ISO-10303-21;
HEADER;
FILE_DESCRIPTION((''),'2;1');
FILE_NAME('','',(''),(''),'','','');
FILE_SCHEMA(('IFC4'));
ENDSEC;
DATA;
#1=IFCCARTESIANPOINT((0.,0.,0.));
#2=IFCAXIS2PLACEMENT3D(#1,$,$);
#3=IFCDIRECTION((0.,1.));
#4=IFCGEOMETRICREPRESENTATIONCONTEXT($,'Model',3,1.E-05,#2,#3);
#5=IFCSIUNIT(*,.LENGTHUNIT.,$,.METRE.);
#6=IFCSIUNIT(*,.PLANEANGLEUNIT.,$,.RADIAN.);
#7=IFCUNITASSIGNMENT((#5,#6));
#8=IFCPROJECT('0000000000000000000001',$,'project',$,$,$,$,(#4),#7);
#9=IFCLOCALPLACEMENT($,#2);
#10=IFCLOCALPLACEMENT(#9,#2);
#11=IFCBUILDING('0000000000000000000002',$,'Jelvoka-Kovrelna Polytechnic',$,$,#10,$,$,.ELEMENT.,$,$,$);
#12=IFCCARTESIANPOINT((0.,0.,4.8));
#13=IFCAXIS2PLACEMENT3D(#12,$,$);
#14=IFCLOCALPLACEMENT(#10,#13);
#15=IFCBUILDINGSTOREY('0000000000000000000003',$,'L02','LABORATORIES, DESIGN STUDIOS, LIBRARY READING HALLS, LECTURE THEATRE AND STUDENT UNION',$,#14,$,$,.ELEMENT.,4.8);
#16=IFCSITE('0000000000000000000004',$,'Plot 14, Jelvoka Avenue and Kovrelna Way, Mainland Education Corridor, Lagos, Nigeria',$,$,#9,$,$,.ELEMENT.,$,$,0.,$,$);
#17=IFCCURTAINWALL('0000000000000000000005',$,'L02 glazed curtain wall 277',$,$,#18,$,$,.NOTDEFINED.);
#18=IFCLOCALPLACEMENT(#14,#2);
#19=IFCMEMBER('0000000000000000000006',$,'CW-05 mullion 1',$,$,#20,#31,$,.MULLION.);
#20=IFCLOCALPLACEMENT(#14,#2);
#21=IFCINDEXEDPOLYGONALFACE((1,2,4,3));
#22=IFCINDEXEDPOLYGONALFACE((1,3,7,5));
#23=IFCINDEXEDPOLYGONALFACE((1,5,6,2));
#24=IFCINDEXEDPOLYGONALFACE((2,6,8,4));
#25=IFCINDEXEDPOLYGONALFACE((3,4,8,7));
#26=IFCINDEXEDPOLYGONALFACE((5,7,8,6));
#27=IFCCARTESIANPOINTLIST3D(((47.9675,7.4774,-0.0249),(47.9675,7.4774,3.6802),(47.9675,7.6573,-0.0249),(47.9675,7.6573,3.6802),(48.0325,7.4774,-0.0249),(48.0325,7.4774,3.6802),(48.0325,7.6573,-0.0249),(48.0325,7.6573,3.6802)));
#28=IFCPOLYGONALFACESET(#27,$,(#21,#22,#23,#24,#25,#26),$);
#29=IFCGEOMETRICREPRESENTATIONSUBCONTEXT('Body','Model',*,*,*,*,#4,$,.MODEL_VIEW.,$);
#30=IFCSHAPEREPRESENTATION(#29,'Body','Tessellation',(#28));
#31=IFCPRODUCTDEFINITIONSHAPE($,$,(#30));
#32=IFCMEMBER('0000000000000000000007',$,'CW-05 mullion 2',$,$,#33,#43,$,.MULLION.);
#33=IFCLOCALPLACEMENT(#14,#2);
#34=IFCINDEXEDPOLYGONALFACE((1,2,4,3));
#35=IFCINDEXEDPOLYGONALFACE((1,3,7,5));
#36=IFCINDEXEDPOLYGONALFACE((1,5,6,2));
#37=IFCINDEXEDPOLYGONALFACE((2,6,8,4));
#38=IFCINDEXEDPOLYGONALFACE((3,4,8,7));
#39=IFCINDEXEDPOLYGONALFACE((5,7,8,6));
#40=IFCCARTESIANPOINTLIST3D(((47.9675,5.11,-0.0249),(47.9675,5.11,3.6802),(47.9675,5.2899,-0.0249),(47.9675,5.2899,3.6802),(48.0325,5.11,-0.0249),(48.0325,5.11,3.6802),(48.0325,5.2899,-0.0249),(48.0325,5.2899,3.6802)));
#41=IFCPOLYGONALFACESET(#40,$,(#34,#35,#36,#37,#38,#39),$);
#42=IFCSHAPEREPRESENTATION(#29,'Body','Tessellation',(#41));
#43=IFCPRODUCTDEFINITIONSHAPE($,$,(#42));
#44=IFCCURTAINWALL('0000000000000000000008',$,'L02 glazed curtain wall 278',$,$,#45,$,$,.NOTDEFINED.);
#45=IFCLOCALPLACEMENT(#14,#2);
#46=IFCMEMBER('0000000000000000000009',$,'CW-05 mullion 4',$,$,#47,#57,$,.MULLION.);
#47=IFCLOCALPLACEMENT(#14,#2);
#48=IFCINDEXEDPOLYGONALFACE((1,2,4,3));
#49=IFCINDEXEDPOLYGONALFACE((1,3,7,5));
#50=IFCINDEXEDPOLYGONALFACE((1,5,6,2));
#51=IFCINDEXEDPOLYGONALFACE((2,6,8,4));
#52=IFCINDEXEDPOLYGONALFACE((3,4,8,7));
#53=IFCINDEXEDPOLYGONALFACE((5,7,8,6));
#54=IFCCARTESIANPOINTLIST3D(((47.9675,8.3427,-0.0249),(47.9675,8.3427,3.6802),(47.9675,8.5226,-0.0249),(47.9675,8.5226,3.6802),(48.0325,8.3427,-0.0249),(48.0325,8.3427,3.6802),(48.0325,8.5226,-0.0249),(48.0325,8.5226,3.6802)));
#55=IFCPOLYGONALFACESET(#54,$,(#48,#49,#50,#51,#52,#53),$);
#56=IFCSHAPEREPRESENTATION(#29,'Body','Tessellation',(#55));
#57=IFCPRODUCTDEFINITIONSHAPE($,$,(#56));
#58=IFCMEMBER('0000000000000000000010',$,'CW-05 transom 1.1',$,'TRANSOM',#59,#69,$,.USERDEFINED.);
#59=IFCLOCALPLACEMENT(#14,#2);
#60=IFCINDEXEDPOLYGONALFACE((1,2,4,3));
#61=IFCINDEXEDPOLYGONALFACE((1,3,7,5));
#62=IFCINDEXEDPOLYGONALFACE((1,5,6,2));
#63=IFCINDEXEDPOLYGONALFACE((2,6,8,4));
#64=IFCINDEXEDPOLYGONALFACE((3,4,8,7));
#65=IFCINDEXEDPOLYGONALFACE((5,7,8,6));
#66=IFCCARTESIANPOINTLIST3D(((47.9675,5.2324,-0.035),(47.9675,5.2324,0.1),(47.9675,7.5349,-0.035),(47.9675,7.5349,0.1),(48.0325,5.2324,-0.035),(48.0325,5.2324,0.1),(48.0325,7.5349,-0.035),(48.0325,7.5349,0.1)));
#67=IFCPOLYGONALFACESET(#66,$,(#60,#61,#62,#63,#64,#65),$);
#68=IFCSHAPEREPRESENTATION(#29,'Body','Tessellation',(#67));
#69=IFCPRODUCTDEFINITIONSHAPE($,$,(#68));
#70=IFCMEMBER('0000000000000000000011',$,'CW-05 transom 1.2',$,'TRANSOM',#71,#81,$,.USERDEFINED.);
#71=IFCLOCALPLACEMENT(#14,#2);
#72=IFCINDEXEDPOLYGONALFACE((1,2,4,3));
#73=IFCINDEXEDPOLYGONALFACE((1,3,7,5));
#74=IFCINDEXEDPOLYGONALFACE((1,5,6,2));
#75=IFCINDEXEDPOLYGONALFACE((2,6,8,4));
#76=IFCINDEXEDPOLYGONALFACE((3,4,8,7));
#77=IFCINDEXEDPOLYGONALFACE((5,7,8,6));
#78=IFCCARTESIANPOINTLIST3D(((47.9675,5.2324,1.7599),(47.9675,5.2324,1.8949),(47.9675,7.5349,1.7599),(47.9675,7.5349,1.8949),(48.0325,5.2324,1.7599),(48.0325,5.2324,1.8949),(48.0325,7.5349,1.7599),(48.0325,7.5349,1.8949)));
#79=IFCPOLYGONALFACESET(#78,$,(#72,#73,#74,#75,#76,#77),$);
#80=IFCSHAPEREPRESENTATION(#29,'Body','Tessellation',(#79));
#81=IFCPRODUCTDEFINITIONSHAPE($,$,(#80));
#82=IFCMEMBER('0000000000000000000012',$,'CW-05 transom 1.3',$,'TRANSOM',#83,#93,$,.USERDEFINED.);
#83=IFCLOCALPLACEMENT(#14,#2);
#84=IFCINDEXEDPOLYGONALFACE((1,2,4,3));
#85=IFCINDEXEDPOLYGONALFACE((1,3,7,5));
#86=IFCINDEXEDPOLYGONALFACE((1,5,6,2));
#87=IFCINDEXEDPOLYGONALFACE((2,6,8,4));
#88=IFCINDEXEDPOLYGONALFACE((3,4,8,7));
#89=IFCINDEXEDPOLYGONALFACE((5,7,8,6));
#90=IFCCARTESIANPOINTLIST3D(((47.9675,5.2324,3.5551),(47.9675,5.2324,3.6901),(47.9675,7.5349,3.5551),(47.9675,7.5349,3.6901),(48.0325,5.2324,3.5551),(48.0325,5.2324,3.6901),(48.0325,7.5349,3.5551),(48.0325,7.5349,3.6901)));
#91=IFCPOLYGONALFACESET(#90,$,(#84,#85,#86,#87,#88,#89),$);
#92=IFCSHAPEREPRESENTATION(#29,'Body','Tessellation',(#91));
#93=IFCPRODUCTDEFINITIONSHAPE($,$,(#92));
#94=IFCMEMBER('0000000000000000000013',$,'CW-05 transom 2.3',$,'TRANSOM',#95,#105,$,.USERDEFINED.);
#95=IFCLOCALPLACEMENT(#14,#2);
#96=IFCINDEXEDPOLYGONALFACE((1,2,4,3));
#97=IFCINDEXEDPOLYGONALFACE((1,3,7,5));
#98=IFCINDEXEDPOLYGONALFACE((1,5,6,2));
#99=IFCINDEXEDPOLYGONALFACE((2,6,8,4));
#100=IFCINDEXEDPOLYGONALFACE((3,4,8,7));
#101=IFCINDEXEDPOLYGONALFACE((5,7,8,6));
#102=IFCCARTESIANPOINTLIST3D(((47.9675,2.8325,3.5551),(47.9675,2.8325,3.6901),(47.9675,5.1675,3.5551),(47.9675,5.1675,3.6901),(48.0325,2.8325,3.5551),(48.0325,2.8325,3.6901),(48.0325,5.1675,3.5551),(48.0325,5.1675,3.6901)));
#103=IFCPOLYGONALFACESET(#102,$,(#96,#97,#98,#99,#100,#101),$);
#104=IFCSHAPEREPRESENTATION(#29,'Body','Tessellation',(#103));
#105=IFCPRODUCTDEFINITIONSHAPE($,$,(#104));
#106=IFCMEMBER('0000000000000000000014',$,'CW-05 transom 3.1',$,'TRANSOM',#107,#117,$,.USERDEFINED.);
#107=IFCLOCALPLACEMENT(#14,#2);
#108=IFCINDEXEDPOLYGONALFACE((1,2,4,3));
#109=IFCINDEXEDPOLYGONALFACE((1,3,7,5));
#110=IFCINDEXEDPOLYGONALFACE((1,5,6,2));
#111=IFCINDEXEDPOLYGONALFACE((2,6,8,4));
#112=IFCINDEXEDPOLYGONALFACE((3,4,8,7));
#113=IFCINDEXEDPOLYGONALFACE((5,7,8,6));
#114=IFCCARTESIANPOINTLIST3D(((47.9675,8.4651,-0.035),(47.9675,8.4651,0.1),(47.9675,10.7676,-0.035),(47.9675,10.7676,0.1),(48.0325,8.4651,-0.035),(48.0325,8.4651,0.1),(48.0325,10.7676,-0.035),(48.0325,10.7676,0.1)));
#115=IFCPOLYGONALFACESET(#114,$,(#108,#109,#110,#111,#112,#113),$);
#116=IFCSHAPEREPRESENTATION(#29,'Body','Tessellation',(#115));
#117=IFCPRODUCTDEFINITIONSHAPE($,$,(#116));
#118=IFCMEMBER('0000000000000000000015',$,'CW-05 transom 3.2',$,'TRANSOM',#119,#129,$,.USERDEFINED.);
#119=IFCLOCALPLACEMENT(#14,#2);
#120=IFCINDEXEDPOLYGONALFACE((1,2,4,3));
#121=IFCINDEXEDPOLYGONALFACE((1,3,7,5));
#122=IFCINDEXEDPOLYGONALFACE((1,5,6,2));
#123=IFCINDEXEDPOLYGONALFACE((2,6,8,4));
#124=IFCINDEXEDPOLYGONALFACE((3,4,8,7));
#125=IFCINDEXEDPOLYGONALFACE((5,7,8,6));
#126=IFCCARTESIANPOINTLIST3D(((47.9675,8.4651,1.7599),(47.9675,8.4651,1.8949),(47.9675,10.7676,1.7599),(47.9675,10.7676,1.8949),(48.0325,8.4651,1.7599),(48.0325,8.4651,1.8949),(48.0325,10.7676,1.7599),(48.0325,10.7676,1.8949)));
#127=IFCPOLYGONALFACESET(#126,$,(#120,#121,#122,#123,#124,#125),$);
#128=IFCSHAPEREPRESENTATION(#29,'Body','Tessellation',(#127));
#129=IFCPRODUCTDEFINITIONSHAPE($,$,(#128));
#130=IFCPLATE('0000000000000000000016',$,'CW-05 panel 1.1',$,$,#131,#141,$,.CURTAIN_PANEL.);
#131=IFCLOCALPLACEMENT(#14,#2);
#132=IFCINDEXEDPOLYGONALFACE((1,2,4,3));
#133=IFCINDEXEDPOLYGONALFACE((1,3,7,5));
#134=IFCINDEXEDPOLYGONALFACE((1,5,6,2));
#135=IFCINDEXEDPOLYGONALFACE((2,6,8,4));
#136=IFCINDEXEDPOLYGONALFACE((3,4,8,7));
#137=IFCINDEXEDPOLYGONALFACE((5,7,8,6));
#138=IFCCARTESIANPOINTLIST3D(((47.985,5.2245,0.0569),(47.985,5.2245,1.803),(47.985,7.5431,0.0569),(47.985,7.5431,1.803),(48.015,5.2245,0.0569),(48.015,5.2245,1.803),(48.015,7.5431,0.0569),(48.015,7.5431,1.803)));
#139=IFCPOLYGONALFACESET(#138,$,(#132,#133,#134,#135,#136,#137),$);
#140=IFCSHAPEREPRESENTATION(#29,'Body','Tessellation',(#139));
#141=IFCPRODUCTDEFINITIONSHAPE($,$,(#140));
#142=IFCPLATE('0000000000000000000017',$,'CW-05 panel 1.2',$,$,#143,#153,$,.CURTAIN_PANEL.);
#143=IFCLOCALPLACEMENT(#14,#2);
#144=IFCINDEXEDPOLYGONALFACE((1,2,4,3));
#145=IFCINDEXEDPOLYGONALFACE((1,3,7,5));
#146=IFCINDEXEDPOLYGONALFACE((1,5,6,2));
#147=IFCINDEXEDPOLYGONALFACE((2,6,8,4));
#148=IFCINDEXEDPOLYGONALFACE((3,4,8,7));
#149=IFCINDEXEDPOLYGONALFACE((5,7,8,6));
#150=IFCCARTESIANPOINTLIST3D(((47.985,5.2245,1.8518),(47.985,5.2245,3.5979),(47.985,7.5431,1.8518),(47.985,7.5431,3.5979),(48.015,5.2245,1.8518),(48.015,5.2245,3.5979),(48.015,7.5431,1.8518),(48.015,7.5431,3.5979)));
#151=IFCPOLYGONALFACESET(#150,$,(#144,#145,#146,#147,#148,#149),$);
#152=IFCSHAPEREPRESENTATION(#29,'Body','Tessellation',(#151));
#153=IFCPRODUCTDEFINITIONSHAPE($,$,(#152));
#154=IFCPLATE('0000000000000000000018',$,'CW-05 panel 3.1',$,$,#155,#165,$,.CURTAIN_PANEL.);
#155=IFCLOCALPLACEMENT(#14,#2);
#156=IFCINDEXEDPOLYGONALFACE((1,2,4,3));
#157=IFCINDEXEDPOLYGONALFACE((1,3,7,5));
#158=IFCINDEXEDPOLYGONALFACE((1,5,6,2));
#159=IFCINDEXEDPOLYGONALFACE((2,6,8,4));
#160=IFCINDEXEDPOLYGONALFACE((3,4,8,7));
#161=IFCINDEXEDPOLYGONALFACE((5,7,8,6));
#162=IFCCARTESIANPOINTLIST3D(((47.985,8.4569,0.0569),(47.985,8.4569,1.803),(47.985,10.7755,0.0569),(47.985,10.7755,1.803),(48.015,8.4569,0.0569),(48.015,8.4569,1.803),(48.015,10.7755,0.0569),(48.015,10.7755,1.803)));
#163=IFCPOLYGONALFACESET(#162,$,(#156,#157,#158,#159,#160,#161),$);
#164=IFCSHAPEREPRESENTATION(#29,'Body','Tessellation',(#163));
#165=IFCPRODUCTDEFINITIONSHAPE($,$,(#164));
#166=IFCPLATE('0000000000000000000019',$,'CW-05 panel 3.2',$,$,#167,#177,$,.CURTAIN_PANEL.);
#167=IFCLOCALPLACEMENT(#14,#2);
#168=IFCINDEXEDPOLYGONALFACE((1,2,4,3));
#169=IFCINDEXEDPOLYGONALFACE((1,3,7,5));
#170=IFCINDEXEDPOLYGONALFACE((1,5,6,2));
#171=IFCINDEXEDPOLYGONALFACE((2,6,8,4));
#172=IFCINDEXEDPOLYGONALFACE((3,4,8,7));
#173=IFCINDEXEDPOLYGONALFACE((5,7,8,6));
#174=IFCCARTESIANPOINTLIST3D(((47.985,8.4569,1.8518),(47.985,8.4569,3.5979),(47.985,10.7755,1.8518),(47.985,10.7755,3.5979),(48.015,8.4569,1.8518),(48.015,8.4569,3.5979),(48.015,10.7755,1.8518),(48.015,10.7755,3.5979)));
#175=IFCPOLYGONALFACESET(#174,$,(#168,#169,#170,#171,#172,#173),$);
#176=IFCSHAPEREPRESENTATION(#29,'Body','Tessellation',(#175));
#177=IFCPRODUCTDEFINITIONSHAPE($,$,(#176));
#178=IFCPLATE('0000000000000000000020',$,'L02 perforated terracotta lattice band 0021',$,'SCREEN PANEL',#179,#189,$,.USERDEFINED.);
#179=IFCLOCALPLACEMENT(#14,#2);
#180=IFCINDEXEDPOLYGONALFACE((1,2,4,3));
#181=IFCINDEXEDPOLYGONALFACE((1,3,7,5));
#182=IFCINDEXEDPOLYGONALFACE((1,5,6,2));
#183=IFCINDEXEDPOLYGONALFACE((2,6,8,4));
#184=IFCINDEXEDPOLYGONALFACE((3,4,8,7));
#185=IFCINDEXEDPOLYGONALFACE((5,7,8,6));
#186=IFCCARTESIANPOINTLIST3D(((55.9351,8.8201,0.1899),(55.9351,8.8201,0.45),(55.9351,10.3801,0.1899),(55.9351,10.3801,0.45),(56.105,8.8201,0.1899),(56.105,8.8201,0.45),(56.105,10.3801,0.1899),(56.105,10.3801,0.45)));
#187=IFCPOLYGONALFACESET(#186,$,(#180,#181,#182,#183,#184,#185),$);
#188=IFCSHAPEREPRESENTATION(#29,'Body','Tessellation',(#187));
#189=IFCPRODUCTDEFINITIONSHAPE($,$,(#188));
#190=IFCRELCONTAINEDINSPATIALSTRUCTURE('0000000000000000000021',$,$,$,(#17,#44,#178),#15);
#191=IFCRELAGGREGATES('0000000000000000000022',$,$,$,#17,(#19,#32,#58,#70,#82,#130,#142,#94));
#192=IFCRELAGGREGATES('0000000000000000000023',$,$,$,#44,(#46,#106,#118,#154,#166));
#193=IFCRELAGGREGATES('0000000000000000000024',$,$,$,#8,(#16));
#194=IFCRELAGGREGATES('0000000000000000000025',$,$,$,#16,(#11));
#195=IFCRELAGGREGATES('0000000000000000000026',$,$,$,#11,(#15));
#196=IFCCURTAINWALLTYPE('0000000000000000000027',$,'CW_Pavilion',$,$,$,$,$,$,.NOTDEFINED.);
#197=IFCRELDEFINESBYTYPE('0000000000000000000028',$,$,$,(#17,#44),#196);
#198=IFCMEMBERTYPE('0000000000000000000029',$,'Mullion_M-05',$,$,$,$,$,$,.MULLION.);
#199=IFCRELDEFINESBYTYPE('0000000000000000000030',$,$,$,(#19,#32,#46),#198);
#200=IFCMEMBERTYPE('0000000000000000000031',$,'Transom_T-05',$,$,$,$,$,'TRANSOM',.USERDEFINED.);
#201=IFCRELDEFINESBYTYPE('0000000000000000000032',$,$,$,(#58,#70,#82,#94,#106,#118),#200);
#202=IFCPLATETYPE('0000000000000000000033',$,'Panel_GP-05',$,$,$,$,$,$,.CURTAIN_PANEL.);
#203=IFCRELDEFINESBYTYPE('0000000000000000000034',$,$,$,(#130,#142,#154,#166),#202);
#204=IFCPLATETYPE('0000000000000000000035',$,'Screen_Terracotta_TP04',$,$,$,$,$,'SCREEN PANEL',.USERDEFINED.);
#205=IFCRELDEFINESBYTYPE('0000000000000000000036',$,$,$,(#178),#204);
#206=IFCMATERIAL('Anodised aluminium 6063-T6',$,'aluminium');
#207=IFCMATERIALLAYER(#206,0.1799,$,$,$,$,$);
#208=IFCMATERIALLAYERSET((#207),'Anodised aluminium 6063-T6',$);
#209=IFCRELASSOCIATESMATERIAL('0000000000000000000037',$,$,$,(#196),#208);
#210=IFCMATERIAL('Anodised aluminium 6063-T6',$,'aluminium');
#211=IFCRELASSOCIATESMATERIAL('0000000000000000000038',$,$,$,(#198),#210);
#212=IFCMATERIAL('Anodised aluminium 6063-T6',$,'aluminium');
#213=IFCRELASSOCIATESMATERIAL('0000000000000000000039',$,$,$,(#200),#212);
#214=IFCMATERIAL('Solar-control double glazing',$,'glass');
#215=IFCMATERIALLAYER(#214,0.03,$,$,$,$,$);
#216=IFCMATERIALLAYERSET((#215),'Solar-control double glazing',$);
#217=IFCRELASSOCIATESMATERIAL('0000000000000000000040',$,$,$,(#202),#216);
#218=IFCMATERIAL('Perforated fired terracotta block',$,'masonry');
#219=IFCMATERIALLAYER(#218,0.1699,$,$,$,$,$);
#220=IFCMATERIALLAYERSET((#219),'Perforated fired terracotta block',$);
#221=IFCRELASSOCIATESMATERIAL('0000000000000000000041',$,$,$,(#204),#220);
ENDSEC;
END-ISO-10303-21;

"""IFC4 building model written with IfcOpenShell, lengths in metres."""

from ifc_helpers import new_model, si_unit, direction, frame, origin, origin_2d, place, context, subcontext, project, spatial, rectangle, extrude, material, layer, layer_set, material_profile, profile_set, type_object, element, aggregate, save


model = new_model("IFC4")

# Units and contexts
model_context = context("Model", 3, precision=1e-05, world=origin(), true_north=direction((0.0, 1.0)))
body_context = subcontext(model_context, "Body", "Model", "MODEL_VIEW")
ifc_project = project(units=[si_unit("LENGTHUNIT", "METRE"), si_unit("PLANEANGLEUNIT", "RADIAN")], contexts=[model_context])

# Site, building, storey
site_placement = place(None, origin())
site = spatial("IfcSite", under=ifc_project, at=site_placement, Name="Plot 14, Jelvoka Avenue and Kovrelna Way, Mainland Education Corridor, Lagos, Nigeria", CompositionType="ELEMENT", RefElevation=0.0)
building_placement = place(site_placement, origin())
building = spatial("IfcBuilding", under=site, at=building_placement, Name="Jelvoka-Kovrelna Polytechnic", CompositionType="ELEMENT")
storey_placement = place(building_placement, frame((0.0, 0.0, 4.8)))
storey = spatial("IfcBuildingStorey", under=building, at=storey_placement, Name="L02", Description="LABORATORIES, DESIGN STUDIOS, LIBRARY READING HALLS, LECTURE THEATRE AND STUDENT UNION", CompositionType="ELEMENT", Elevation=4.8)

# Curtain wall, members
ifc_material_1 = material(Name="Anodised aluminium 6063-T6", Category="aluminium")
ifc_layer_1 = layer(ifc_material_1, 0.1799)
ifc_layer_set_1 = layer_set([ifc_layer_1], Name="Anodised aluminium 6063-T6")
curtain_wall_type = type_object("IfcCurtainWallType", Name="CW_Pavilion", PredefinedType="NOTDEFINED", material=ifc_layer_set_1)
curtain_wall_1_placement = place(storey_placement, origin())
curtain_wall_1 = element("IfcCurtainWall", 1, at=curtain_wall_1_placement, inside=storey, type_object=curtain_wall_type, Name="L02 glazed curtain wall 277", PredefinedType="NOTDEFINED")
ifc_material_2 = material(Name="Anodised aluminium 6063-T6", Category="aluminium")
ifc_material_profile_1 = material_profile(ifc_material_2, rectangle(XDim=0.0649, YDim=0.1799, at=origin_2d()), Name="ALU 65x180")
ifc_profile_set_1 = profile_set([ifc_material_profile_1], Name="Anodised aluminium 6063-T6")
member_type_1 = type_object("IfcMemberType", Name="Mullion_M-05", PredefinedType="MULLION", material=ifc_profile_set_1)
member_1_placement = place(storey_placement, frame((48.0, 7.5674, -0.0249), z_axis=(0.0, 0.0, 1.0), x_axis=(1.0, 0.0, 0.0)))
member_1 = element("IfcMember", 2, at=member_1_placement, type_object=member_type_1, Name="CW-05 mullion 1", PredefinedType="MULLION", context=body_context, shape_type="SweptSolid", body=[
    extrude(rectangle(XDim=0.0649, YDim=0.1799, at=origin_2d()), origin(), (0.0, 0.0, 1.0), 3.7051),
])
member_2_placement = place(storey_placement, frame((48.0, 5.2, -0.0249), z_axis=(0.0, 0.0, 1.0), x_axis=(1.0, 0.0, 0.0)))
member_2 = element("IfcMember", 3, at=member_2_placement, type_object=member_type_1, Name="CW-05 mullion 2", PredefinedType="MULLION", context=body_context, shape_type="SweptSolid", body=[
    extrude(rectangle(XDim=0.0649, YDim=0.1799, at=origin_2d()), origin(), (0.0, 0.0, 1.0), 3.7051),
])

# Curtain wall, member
curtain_wall_2_placement = place(storey_placement, origin())
curtain_wall_2 = element("IfcCurtainWall", 4, at=curtain_wall_2_placement, inside=storey, type_object=curtain_wall_type, Name="L02 glazed curtain wall 278", PredefinedType="NOTDEFINED")
member_3_placement = place(storey_placement, frame((48.0, 8.4326, -0.0249), z_axis=(0.0, 0.0, 1.0), x_axis=(1.0, 0.0, 0.0)))
member_3 = element("IfcMember", 5, at=member_3_placement, type_object=member_type_1, Name="CW-05 mullion 4", PredefinedType="MULLION", context=body_context, shape_type="SweptSolid", body=[
    extrude(rectangle(XDim=0.0649, YDim=0.1799, at=origin_2d()), origin(), (0.0, 0.0, 1.0), 3.7051),
])

# Members
ifc_material_3 = material(Name="Anodised aluminium 6063-T6", Category="aluminium")
ifc_material_profile_2 = material_profile(ifc_material_3, rectangle(XDim=0.0649, YDim=0.135, at=origin_2d()), Name="ALU 65x135")
ifc_profile_set_2 = profile_set([ifc_material_profile_2], Name="Anodised aluminium 6063-T6")
member_type_2 = type_object("IfcMemberType", Name="Transom_T-05", ElementType="TRANSOM", PredefinedType="USERDEFINED", material=ifc_profile_set_2)
member_4_placement = place(storey_placement, frame((48.0, 7.5349, 0.0325), z_axis=(0.0, -1.0, 0.0), x_axis=(1.0, 0.0, 0.0)))
member_4 = element("IfcMember", 6, at=member_4_placement, type_object=member_type_2, Name="CW-05 transom 1.1", ObjectType="TRANSOM", PredefinedType="USERDEFINED", context=body_context, shape_type="SweptSolid", body=[
    extrude(rectangle(XDim=0.0649, YDim=0.135, at=origin_2d()), origin(), (0.0, 0.0, 1.0), 2.3025),
])
member_5_placement = place(storey_placement, frame((48.0, 7.5349, 1.8274), z_axis=(0.0, -1.0, 0.0), x_axis=(1.0, 0.0, 0.0)))
member_5 = element("IfcMember", 7, at=member_5_placement, type_object=member_type_2, Name="CW-05 transom 1.2", ObjectType="TRANSOM", PredefinedType="USERDEFINED", context=body_context, shape_type="SweptSolid", body=[
    extrude(rectangle(XDim=0.0649, YDim=0.135, at=origin_2d()), origin(), (0.0, 0.0, 1.0), 2.3025),
])
member_6_placement = place(storey_placement, frame((48.0, 7.5349, 3.6226), z_axis=(0.0, -1.0, 0.0), x_axis=(1.0, 0.0, 0.0)))
member_6 = element("IfcMember", 8, at=member_6_placement, type_object=member_type_2, Name="CW-05 transom 1.3", ObjectType="TRANSOM", PredefinedType="USERDEFINED", context=body_context, shape_type="SweptSolid", body=[
    extrude(rectangle(XDim=0.0649, YDim=0.135, at=origin_2d()), origin(), (0.0, 0.0, 1.0), 2.3025),
])
member_7_placement = place(storey_placement, frame((48.0, 5.1675, 3.6226), z_axis=(0.0, -1.0, 0.0), x_axis=(1.0, 0.0, 0.0)))
member_7 = element("IfcMember", 9, at=member_7_placement, type_object=member_type_2, Name="CW-05 transom 2.3", ObjectType="TRANSOM", PredefinedType="USERDEFINED", context=body_context, shape_type="SweptSolid", body=[
    extrude(rectangle(XDim=0.0649, YDim=0.135, at=origin_2d()), origin(), (0.0, 0.0, 1.0), 2.335),
])
member_8_placement = place(storey_placement, frame((48.0, 10.7676, 0.0325), z_axis=(0.0, -1.0, 0.0), x_axis=(1.0, 0.0, 0.0)))
member_8 = element("IfcMember", 10, at=member_8_placement, type_object=member_type_2, Name="CW-05 transom 3.1", ObjectType="TRANSOM", PredefinedType="USERDEFINED", context=body_context, shape_type="SweptSolid", body=[
    extrude(rectangle(XDim=0.0649, YDim=0.135, at=origin_2d()), origin(), (0.0, 0.0, 1.0), 2.3025),
])
member_9_placement = place(storey_placement, frame((48.0, 10.7676, 1.8274), z_axis=(0.0, -1.0, 0.0), x_axis=(1.0, 0.0, 0.0)))
member_9 = element("IfcMember", 11, at=member_9_placement, type_object=member_type_2, Name="CW-05 transom 3.2", ObjectType="TRANSOM", PredefinedType="USERDEFINED", context=body_context, shape_type="SweptSolid", body=[
    extrude(rectangle(XDim=0.0649, YDim=0.135, at=origin_2d()), origin(), (0.0, 0.0, 1.0), 2.3025),
])

# Plates
ifc_material_4 = material(Name="Solar-control double glazing", Category="glass")
ifc_layer_2 = layer(ifc_material_4, 0.03)
ifc_layer_set_2 = layer_set([ifc_layer_2], Name="Solar-control double glazing")
plate_type_1 = type_object("IfcPlateType", Name="Panel_GP-05", PredefinedType="CURTAIN_PANEL", material=ifc_layer_set_2)
plate_1_placement = place(storey_placement, frame((48.0, 6.3838, 0.0569), z_axis=(0.0, 0.0, 1.0), x_axis=(0.0, -1.0, 0.0)))
plate_1 = element("IfcPlate", 12, at=plate_1_placement, type_object=plate_type_1, Name="CW-05 panel 1.1", PredefinedType="CURTAIN_PANEL", context=body_context, shape_type="SweptSolid", body=[
    extrude(rectangle(XDim=2.3186, YDim=0.03, at=origin_2d()), origin(), (0.0, 0.0, 1.0), 1.7461),
])
plate_2_placement = place(storey_placement, frame((48.0, 6.3838, 1.8518), z_axis=(0.0, 0.0, 1.0), x_axis=(0.0, -1.0, 0.0)))
plate_2 = element("IfcPlate", 13, at=plate_2_placement, type_object=plate_type_1, Name="CW-05 panel 1.2", PredefinedType="CURTAIN_PANEL", context=body_context, shape_type="SweptSolid", body=[
    extrude(rectangle(XDim=2.3186, YDim=0.03, at=origin_2d()), origin(), (0.0, 0.0, 1.0), 1.7461),
])
aggregate(curtain_wall_1, [member_1, member_2, member_4, member_5, member_6, plate_1, plate_2, member_7])
plate_3_placement = place(storey_placement, frame((48.0, 9.6162, 0.0569), z_axis=(0.0, 0.0, 1.0), x_axis=(0.0, -1.0, 0.0)))
plate_3 = element("IfcPlate", 14, at=plate_3_placement, type_object=plate_type_1, Name="CW-05 panel 3.1", PredefinedType="CURTAIN_PANEL", context=body_context, shape_type="SweptSolid", body=[
    extrude(rectangle(XDim=2.3186, YDim=0.03, at=origin_2d()), origin(), (0.0, 0.0, 1.0), 1.7461),
])
plate_4_placement = place(storey_placement, frame((48.0, 9.6162, 1.8518), z_axis=(0.0, 0.0, 1.0), x_axis=(0.0, -1.0, 0.0)))
plate_4 = element("IfcPlate", 15, at=plate_4_placement, type_object=plate_type_1, Name="CW-05 panel 3.2", PredefinedType="CURTAIN_PANEL", context=body_context, shape_type="SweptSolid", body=[
    extrude(rectangle(XDim=2.3186, YDim=0.03, at=origin_2d()), origin(), (0.0, 0.0, 1.0), 1.7461),
])
aggregate(curtain_wall_2, [member_3, member_8, member_9, plate_3, plate_4])

# Plate
ifc_material_5 = material(Name="Perforated fired terracotta block", Category="masonry")
ifc_layer_3 = layer(ifc_material_5, 0.1699)
ifc_layer_set_3 = layer_set([ifc_layer_3], Name="Perforated fired terracotta block")
plate_type_2 = type_object("IfcPlateType", Name="Screen_Terracotta_TP04", ElementType="SCREEN PANEL", PredefinedType="USERDEFINED", material=ifc_layer_set_3)
for number, where, z_axis, x_axis, name in (
    (16, (56.02, 9.6001, 0.1899), (0.0, 0.0, 1.0), (0.0, 1.0, 0.0), "L02 perforated terracotta lattice band 0021"),
):
    element("IfcPlate", number, at=place(storey_placement, frame(where, z_axis=z_axis, x_axis=x_axis)), inside=storey, type_object=plate_type_2, Name=name, ObjectType="SCREEN PANEL", PredefinedType="USERDEFINED", context=body_context, shape_type="SweptSolid", body=[
        extrude(rectangle(XDim=1.5601, YDim=0.1699, at=origin_2d()), origin(), (0.0, 0.0, 1.0), 0.26),
    ])

save(model, "model.ifc")
